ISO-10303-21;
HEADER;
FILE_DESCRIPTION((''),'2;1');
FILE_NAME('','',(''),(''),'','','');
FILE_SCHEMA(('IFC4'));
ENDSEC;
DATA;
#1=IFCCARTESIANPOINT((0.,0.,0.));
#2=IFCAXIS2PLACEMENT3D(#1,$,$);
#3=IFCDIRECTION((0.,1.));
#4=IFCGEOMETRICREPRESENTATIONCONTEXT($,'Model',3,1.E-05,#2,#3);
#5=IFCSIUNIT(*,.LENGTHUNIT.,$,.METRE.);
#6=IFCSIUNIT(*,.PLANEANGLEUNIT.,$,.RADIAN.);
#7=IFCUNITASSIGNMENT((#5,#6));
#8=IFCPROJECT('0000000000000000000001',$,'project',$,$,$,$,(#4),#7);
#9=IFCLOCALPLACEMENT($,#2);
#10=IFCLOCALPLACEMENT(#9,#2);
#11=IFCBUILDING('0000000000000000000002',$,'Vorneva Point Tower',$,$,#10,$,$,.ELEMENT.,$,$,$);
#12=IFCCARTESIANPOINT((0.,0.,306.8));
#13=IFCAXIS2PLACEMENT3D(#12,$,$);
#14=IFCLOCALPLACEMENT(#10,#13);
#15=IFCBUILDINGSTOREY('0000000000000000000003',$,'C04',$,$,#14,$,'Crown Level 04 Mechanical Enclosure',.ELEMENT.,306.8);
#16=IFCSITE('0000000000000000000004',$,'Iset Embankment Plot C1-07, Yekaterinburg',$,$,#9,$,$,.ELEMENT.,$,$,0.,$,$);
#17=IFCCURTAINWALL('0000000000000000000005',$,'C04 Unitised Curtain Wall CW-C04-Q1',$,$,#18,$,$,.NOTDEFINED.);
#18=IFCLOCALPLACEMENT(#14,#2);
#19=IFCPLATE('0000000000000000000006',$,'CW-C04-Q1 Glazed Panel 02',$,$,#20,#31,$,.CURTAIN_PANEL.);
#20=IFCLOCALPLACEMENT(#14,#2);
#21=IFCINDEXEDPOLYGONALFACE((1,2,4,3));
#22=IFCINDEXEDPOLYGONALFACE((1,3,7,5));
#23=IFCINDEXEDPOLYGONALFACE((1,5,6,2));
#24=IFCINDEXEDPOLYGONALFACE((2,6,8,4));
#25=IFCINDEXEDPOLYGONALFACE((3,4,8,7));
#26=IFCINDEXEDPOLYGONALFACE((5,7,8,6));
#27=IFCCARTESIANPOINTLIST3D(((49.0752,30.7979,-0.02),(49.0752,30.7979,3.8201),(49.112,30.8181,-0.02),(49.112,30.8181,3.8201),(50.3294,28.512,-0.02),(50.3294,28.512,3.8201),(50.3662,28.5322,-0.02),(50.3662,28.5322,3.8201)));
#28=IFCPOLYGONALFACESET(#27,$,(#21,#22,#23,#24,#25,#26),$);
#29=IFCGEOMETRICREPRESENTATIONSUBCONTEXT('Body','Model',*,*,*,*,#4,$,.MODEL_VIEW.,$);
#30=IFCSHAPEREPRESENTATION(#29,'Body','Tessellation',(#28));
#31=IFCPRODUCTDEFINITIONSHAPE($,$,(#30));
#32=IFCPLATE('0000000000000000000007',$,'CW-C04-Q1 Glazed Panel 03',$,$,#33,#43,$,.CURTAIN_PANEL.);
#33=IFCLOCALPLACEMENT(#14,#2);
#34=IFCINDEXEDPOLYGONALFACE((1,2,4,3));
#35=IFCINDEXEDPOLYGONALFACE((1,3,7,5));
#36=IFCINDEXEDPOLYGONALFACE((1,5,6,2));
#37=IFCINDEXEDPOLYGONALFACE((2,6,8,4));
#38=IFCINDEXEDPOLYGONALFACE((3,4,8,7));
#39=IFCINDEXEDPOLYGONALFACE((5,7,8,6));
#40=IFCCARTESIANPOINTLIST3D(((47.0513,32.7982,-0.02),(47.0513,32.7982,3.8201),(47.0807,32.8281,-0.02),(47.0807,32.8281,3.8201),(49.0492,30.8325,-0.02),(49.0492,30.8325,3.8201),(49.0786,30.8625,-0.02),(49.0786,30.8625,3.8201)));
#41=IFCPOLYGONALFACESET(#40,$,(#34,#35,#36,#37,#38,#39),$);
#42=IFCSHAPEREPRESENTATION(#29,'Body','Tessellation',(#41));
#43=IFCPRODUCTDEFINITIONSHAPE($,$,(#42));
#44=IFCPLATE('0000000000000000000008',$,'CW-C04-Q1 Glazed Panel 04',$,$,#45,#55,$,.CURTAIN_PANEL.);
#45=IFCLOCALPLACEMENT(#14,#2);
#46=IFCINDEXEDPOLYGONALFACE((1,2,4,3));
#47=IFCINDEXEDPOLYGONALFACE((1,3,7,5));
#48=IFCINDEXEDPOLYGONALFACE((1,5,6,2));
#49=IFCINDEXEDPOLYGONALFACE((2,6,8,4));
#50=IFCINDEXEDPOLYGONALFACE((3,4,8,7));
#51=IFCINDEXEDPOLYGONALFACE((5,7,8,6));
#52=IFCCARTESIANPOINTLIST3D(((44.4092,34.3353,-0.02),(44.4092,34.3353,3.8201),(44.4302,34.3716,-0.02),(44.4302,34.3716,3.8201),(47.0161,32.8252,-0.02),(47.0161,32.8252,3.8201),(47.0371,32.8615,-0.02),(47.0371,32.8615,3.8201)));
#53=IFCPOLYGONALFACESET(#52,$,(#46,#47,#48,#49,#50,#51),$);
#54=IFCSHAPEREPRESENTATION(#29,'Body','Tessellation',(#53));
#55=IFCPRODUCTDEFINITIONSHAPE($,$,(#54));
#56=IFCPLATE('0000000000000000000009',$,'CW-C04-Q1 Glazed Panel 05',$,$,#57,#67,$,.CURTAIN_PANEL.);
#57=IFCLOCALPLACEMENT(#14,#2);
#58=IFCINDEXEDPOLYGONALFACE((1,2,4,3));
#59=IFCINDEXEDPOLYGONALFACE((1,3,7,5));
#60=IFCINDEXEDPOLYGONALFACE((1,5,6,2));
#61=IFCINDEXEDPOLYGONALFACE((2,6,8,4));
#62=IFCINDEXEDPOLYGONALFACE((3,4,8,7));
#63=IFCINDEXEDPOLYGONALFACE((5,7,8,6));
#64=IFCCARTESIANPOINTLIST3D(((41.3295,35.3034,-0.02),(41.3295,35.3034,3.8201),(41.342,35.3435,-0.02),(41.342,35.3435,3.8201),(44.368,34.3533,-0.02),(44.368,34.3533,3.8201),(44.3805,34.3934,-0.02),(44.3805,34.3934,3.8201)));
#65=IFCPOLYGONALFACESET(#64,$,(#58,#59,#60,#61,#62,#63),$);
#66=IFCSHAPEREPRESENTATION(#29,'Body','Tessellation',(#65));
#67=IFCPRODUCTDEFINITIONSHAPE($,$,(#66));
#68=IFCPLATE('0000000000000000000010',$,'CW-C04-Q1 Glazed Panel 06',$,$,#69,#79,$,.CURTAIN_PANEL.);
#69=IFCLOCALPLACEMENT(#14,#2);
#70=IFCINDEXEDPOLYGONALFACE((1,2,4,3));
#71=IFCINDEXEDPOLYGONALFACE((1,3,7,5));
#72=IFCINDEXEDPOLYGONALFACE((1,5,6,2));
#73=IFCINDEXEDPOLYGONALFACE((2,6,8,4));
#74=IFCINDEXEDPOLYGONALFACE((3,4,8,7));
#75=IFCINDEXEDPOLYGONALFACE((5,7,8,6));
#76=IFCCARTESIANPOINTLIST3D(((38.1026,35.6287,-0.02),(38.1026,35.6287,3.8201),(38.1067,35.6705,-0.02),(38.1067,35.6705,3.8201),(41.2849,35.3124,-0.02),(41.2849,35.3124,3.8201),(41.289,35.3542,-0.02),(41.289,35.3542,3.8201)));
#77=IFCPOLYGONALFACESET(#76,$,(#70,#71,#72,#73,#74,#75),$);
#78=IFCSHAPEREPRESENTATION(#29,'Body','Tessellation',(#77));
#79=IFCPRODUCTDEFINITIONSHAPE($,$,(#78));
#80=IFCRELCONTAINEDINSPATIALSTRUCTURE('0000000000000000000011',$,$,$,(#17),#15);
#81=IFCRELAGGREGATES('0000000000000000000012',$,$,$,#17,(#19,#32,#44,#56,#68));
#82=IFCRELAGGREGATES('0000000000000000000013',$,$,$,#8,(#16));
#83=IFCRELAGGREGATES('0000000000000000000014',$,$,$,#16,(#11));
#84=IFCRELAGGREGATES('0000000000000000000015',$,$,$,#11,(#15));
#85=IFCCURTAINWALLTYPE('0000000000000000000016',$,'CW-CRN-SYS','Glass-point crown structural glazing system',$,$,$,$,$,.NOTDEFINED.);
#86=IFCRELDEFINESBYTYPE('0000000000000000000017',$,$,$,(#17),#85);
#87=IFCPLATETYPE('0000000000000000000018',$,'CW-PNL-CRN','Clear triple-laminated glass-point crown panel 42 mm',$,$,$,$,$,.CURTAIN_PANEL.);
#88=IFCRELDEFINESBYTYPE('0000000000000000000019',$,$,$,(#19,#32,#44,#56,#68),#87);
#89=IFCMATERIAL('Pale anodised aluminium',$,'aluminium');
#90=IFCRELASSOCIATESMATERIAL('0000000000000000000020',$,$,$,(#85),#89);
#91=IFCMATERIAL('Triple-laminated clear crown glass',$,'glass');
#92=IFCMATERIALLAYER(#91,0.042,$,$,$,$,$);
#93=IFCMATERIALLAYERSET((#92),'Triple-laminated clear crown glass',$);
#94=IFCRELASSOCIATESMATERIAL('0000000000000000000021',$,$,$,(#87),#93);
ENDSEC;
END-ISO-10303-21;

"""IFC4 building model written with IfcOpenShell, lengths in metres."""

from ifc_helpers import new_model, si_unit, direction, frame, origin, origin_2d, place, context, subcontext, project, spatial, rectangle, extrude, material, layer, layer_set, type_object, element, aggregate, save


model = new_model("IFC4")

# Units and contexts
model_context = context("Model", 3, precision=1e-05, world=origin(), true_north=direction((0.0, 1.0)))
body_context = subcontext(model_context, "Body", "Model", "MODEL_VIEW")
ifc_project = project(units=[si_unit("LENGTHUNIT", "METRE"), si_unit("PLANEANGLEUNIT", "RADIAN")], contexts=[model_context])

# Site, building, storey
site_placement = place(None, origin())
site = spatial("IfcSite", under=ifc_project, at=site_placement, Name="Iset Embankment Plot C1-07, Yekaterinburg", CompositionType="ELEMENT", RefElevation=0.0)
building_placement = place(site_placement, origin())
building = spatial("IfcBuilding", under=site, at=building_placement, Name="Vorneva Point Tower", CompositionType="ELEMENT")
storey_placement = place(building_placement, frame((0.0, 0.0, 306.8)))
storey = spatial("IfcBuildingStorey", under=building, at=storey_placement, Name="C04", LongName="Crown Level 04 Mechanical Enclosure", CompositionType="ELEMENT", Elevation=306.8)

# Curtain wall
ifc_material_1 = material(Name="Pale anodised aluminium", Category="aluminium")
curtain_wall_type = type_object("IfcCurtainWallType", Name="CW-CRN-SYS", Description="Glass-point crown structural glazing system", PredefinedType="NOTDEFINED", material=ifc_material_1)
curtain_wall_placement = place(storey_placement, origin())
curtain_wall = element("IfcCurtainWall", 1, at=curtain_wall_placement, inside=storey, type_object=curtain_wall_type, Name="C04 Unitised Curtain Wall CW-C04-Q1", PredefinedType="NOTDEFINED")

# Plates
ifc_material_2 = material(Name="Triple-laminated clear crown glass", Category="glass")
ifc_layer = layer(ifc_material_2, 0.042)
ifc_layer_set = layer_set([ifc_layer], Name="Triple-laminated clear crown glass")
plate_type = type_object("IfcPlateType", Name="CW-PNL-CRN", Description="Clear triple-laminated glass-point crown panel 42 mm", PredefinedType="CURTAIN_PANEL", material=ifc_layer_set)
plate_1_placement = place(storey_placement, frame((49.7207, 29.665, -0.02), z_axis=(0.0, 0.0, 1.0), x_axis=(-0.481019, 0.87671, 0.0)))
plate_1 = element("IfcPlate", 2, at=plate_1_placement, type_object=plate_type, Name="CW-C04-Q1 Glazed Panel 02", PredefinedType="CURTAIN_PANEL", context=body_context, shape_type="SweptSolid", body=[
    extrude(rectangle(XDim=2.6074, YDim=0.042, at=origin_2d()), origin(), (0.0, 0.0, 1.0), 3.8401),
])
plate_2_placement = place(storey_placement, frame((48.0649, 31.8303, -0.02), z_axis=(0.0, 0.0, 1.0), x_axis=(-0.712847, 0.70132, 0.0)))
plate_2 = element("IfcPlate", 3, at=plate_2_placement, type_object=plate_type, Name="CW-C04-Q1 Glazed Panel 03", PredefinedType="CURTAIN_PANEL", context=body_context, shape_type="SweptSolid", body=[
    extrude(rectangle(XDim=2.8027, YDim=0.042, at=origin_2d()), origin(), (0.0, 0.0, 1.0), 3.8401),
])
plate_3_placement = place(storey_placement, frame((45.7231, 33.5984, -0.02), z_axis=(0.0, 0.0, 1.0), x_axis=(-0.865309, 0.501239, 0.0)))
plate_3 = element("IfcPlate", 4, at=plate_3_placement, type_object=plate_type, Name="CW-C04-Q1 Glazed Panel 04", PredefinedType="CURTAIN_PANEL", context=body_context, shape_type="SweptSolid", body=[
    extrude(rectangle(XDim=3.0127, YDim=0.042, at=origin_2d()), origin(), (0.0, 0.0, 1.0), 3.8401),
])
plate_4_placement = place(storey_placement, frame((42.855, 34.8484, -0.02), z_axis=(0.0, 0.0, 1.0), x_axis=(-0.954428, 0.298441, 0.0)))
plate_4 = element("IfcPlate", 5, at=plate_4_placement, type_object=plate_type, Name="CW-C04-Q1 Glazed Panel 05", PredefinedType="CURTAIN_PANEL", context=body_context, shape_type="SweptSolid", body=[
    extrude(rectangle(XDim=3.1836, YDim=0.042, at=origin_2d()), origin(), (0.0, 0.0, 1.0), 3.8401),
])
plate_5_placement = place(storey_placement, frame((39.6958, 35.4915, -0.02), z_axis=(0.0, 0.0, 1.0), x_axis=(-0.995095, 0.09892, 0.0)))
plate_5 = element("IfcPlate", 6, at=plate_5_placement, type_object=plate_type, Name="CW-C04-Q1 Glazed Panel 06", PredefinedType="CURTAIN_PANEL", context=body_context, shape_type="SweptSolid", body=[
    extrude(rectangle(XDim=3.198, YDim=0.042, at=origin_2d()), origin(), (0.0, 0.0, 1.0), 3.8401),
])
aggregate(curtain_wall, [plate_1, plate_2, plate_3, plate_4, plate_5])

save(model, "model.ifc")
